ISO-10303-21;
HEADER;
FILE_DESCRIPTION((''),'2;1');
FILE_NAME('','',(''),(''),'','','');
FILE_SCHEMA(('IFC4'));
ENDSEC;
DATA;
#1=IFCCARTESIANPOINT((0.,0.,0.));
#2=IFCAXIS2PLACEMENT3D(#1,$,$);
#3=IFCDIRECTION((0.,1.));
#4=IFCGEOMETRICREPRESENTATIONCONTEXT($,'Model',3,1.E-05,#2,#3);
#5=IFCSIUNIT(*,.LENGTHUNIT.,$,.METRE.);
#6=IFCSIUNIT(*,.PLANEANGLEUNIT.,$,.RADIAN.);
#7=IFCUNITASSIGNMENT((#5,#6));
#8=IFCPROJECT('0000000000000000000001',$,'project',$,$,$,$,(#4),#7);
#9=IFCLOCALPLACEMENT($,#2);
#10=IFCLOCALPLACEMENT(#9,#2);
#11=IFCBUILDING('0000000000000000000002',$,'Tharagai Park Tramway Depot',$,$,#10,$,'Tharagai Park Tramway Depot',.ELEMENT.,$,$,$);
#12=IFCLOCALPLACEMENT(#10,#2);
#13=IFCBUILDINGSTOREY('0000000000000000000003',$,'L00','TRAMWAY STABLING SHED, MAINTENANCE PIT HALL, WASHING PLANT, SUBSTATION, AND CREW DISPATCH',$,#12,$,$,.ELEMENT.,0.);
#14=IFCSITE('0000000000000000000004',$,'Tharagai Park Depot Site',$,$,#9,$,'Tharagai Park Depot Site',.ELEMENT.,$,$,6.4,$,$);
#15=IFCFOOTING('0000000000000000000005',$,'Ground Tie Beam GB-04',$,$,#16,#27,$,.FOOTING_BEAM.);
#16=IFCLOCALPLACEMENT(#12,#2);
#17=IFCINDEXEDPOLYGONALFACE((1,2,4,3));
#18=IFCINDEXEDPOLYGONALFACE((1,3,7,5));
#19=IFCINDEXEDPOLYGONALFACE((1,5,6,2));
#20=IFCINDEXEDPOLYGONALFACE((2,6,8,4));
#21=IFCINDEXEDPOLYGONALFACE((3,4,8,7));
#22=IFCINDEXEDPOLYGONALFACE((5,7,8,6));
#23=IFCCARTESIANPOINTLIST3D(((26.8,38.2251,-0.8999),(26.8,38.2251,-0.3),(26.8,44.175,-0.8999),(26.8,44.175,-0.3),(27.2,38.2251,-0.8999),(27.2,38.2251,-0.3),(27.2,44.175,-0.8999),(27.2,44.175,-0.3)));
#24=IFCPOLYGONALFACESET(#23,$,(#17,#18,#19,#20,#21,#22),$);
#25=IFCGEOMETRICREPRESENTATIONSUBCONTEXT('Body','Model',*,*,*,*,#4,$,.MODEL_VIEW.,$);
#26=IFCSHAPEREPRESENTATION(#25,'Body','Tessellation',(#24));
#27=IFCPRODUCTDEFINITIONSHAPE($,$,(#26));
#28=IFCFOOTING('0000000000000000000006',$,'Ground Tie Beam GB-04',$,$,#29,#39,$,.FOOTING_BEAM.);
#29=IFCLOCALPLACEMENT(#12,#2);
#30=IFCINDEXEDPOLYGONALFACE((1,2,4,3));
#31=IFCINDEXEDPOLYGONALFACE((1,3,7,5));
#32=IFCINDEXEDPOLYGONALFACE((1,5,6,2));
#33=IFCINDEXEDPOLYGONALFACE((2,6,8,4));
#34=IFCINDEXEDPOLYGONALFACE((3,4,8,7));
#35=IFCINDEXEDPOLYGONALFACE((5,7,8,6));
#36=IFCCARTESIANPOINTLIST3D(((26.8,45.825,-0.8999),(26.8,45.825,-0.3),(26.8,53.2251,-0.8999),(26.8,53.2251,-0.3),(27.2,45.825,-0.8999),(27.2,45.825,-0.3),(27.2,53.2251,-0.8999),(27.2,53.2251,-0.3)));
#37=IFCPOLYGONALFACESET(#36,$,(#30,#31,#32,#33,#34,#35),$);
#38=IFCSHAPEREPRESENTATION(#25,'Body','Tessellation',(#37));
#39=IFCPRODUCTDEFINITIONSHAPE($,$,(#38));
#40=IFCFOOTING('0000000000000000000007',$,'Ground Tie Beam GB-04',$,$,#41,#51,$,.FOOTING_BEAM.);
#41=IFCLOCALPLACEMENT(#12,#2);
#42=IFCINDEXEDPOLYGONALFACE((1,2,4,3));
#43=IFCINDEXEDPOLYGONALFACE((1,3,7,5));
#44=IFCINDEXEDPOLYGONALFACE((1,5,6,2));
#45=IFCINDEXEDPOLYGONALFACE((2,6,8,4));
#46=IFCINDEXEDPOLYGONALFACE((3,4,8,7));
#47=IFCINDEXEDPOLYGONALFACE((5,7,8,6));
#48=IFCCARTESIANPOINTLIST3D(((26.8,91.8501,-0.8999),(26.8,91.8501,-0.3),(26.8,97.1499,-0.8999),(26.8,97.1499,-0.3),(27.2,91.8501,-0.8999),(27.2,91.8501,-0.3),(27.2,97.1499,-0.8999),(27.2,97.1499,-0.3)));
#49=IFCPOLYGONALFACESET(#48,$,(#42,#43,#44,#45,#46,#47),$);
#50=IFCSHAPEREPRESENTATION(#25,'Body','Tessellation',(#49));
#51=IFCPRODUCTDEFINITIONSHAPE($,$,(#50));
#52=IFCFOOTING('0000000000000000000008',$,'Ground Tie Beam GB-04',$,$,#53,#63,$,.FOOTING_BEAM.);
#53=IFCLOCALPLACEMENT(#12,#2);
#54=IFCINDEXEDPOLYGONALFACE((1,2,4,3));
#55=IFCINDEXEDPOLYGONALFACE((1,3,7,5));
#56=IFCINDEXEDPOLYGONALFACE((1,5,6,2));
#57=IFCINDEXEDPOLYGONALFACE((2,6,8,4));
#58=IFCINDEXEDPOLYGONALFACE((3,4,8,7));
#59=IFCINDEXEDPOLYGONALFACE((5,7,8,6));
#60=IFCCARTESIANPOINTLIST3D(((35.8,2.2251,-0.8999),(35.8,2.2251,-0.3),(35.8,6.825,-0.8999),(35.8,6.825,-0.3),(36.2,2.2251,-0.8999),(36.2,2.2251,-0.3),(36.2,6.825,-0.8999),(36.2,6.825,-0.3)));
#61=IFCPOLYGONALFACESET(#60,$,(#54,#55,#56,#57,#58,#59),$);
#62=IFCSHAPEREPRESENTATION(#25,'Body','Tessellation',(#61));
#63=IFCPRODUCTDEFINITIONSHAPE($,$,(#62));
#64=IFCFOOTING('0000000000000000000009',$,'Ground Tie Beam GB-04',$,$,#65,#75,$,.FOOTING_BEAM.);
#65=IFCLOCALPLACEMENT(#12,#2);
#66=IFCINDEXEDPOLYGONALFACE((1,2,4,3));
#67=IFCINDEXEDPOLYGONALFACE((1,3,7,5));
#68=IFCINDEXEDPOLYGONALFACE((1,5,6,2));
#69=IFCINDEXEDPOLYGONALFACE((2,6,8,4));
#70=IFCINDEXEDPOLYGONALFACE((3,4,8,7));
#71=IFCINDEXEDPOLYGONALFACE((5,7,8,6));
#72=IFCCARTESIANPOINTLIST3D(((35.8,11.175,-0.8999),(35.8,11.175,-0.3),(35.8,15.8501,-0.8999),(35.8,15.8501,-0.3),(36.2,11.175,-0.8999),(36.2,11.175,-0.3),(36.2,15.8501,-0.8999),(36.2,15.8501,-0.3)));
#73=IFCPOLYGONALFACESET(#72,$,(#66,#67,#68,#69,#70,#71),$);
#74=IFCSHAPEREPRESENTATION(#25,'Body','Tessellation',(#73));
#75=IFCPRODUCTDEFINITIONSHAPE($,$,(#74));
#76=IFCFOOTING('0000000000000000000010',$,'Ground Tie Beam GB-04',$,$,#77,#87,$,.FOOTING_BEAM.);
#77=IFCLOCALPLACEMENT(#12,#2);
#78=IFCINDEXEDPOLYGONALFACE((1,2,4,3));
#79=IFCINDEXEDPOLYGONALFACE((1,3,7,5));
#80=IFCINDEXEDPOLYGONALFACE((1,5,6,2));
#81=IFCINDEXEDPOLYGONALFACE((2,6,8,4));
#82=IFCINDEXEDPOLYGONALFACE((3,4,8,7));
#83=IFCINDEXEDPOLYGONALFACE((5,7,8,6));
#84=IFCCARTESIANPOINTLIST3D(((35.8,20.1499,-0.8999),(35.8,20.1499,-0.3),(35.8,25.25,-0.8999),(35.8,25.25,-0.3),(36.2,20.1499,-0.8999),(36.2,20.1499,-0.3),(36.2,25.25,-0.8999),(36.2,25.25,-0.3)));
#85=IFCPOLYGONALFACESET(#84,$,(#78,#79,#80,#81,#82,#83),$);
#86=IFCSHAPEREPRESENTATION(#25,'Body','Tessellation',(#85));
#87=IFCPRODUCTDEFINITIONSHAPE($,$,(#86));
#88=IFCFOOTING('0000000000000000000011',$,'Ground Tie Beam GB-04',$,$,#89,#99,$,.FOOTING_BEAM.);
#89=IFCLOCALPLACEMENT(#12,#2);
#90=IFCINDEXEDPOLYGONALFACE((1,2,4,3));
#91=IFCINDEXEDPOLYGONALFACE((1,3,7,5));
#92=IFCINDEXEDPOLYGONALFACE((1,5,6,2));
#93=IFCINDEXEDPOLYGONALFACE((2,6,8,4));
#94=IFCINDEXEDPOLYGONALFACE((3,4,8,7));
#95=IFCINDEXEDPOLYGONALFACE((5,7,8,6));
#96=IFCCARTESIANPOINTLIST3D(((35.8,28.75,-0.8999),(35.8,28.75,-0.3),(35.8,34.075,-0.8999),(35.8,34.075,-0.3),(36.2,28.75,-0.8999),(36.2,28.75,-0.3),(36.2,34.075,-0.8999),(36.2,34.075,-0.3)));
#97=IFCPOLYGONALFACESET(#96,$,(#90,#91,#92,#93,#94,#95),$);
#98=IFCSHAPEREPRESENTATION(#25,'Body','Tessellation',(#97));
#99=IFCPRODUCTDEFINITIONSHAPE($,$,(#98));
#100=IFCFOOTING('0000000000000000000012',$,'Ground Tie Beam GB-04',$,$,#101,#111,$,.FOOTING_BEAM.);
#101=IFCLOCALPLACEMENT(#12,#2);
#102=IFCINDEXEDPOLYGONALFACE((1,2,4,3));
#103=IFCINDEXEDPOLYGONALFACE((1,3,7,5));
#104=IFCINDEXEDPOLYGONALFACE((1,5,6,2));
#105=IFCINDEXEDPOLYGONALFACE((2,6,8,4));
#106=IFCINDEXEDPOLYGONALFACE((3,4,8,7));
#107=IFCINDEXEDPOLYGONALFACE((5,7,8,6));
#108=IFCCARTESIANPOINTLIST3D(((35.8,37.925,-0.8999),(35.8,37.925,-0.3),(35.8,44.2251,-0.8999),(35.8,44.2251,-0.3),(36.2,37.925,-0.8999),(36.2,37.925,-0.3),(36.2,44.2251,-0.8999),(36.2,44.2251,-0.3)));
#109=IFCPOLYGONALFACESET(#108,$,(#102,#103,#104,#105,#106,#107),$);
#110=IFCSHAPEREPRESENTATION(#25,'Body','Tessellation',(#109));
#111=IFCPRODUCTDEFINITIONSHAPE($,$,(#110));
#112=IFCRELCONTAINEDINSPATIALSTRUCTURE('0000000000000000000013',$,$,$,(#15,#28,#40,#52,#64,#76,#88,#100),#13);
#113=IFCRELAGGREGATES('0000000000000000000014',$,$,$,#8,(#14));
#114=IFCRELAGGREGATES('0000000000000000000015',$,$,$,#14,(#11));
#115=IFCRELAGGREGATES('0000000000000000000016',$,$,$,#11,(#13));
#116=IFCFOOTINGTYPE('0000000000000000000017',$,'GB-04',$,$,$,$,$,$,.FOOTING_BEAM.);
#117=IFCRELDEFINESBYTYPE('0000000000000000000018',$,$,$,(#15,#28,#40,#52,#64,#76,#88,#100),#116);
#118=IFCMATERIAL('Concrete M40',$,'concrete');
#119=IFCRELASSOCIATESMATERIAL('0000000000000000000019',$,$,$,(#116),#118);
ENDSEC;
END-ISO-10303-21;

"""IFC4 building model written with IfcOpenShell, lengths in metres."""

from ifc_helpers import new_model, si_unit, direction, frame, origin, place, context, subcontext, project, spatial, polyline, outline, extrude, material, type_object, element, save


model = new_model("IFC4")

# Units and contexts
model_context = context("Model", 3, precision=1e-05, world=origin(), true_north=direction((0.0, 1.0)))
body_context = subcontext(model_context, "Body", "Model", "MODEL_VIEW")
ifc_project = project(units=[si_unit("LENGTHUNIT", "METRE"), si_unit("PLANEANGLEUNIT", "RADIAN")], contexts=[model_context])

# Site, building, storey
site_placement = place(None, origin())
site = spatial("IfcSite", under=ifc_project, at=site_placement, Name="Tharagai Park Depot Site", LongName="Tharagai Park Depot Site", CompositionType="ELEMENT", RefElevation=6.4)
building_placement = place(site_placement, origin())
building = spatial("IfcBuilding", under=site, at=building_placement, Name="Tharagai Park Tramway Depot", LongName="Tharagai Park Tramway Depot", CompositionType="ELEMENT")
storey_placement = place(building_placement, origin())
storey = spatial("IfcBuildingStorey", under=building, at=storey_placement, Name="L00", Description="TRAMWAY STABLING SHED, MAINTENANCE PIT HALL, WASHING PLANT, SUBSTATION, AND CREW DISPATCH", CompositionType="ELEMENT", Elevation=0.0)

# Footings
ifc_material = material(Name="Concrete M40", Category="concrete")
footing_type = type_object("IfcFootingType", Name="GB-04", PredefinedType="FOOTING_BEAM", material=ifc_material)
footing_1_placement = place(storey_placement, frame((0.0, 0.0, -0.8999)))
element("IfcFooting", 1, at=footing_1_placement, inside=storey, type_object=footing_type, Name="Ground Tie Beam GB-04", PredefinedType="FOOTING_BEAM", context=body_context, shape_type="SweptSolid", body=[
    extrude(outline(polyline([(26.8, 38.2251), (27.2, 38.2251), (27.2, 44.175), (26.8, 44.175), (26.8, 38.2251)])), origin(), (0.0, 0.0, 1.0), 0.5999),
])
footing_2_placement = place(storey_placement, frame((0.0, 0.0, -0.8999)))
element("IfcFooting", 2, at=footing_2_placement, inside=storey, type_object=footing_type, Name="Ground Tie Beam GB-04", PredefinedType="FOOTING_BEAM", context=body_context, shape_type="SweptSolid", body=[
    extrude(outline(polyline([(26.8, 45.825), (27.2, 45.825), (27.2, 53.2251), (26.8, 53.2251), (26.8, 45.825)])), origin(), (0.0, 0.0, 1.0), 0.5999),
])
footing_3_placement = place(storey_placement, frame((0.0, 0.0, -0.8999)))
element("IfcFooting", 3, at=footing_3_placement, inside=storey, type_object=footing_type, Name="Ground Tie Beam GB-04", PredefinedType="FOOTING_BEAM", context=body_context, shape_type="SweptSolid", body=[
    extrude(outline(polyline([(26.8, 91.8501), (27.2, 91.8501), (27.2, 97.1499), (26.8, 97.1499), (26.8, 91.8501)])), origin(), (0.0, 0.0, 1.0), 0.5999),
])
footing_4_placement = place(storey_placement, frame((0.0, 0.0, -0.8999)))
element("IfcFooting", 4, at=footing_4_placement, inside=storey, type_object=footing_type, Name="Ground Tie Beam GB-04", PredefinedType="FOOTING_BEAM", context=body_context, shape_type="SweptSolid", body=[
    extrude(outline(polyline([(35.8, 2.2251), (36.2, 2.2251), (36.2, 6.825), (35.8, 6.825), (35.8, 2.2251)])), origin(), (0.0, 0.0, 1.0), 0.5999),
])
footing_5_placement = place(storey_placement, frame((0.0, 0.0, -0.8999)))
element("IfcFooting", 5, at=footing_5_placement, inside=storey, type_object=footing_type, Name="Ground Tie Beam GB-04", PredefinedType="FOOTING_BEAM", context=body_context, shape_type="SweptSolid", body=[
    extrude(outline(polyline([(35.8, 11.175), (36.2, 11.175), (36.2, 15.8501), (35.8, 15.8501), (35.8, 11.175)])), origin(), (0.0, 0.0, 1.0), 0.5999),
])
footing_6_placement = place(storey_placement, frame((0.0, 0.0, -0.8999)))
element("IfcFooting", 6, at=footing_6_placement, inside=storey, type_object=footing_type, Name="Ground Tie Beam GB-04", PredefinedType="FOOTING_BEAM", context=body_context, shape_type="SweptSolid", body=[
    extrude(outline(polyline([(35.8, 20.1499), (36.2, 20.1499), (36.2, 25.25), (35.8, 25.25), (35.8, 20.1499)])), origin(), (0.0, 0.0, 1.0), 0.5999),
])
footing_7_placement = place(storey_placement, frame((0.0, 0.0, -0.8999)))
element("IfcFooting", 7, at=footing_7_placement, inside=storey, type_object=footing_type, Name="Ground Tie Beam GB-04", PredefinedType="FOOTING_BEAM", context=body_context, shape_type="SweptSolid", body=[
    extrude(outline(polyline([(35.8, 28.75), (36.2, 28.75), (36.2, 34.075), (35.8, 34.075), (35.8, 28.75)])), origin(), (0.0, 0.0, 1.0), 0.5999),
])
footing_8_placement = place(storey_placement, frame((0.0, 0.0, -0.8999)))
element("IfcFooting", 8, at=footing_8_placement, inside=storey, type_object=footing_type, Name="Ground Tie Beam GB-04", PredefinedType="FOOTING_BEAM", context=body_context, shape_type="SweptSolid", body=[
    extrude(outline(polyline([(35.8, 37.925), (36.2, 37.925), (36.2, 44.2251), (35.8, 44.2251), (35.8, 37.925)])), origin(), (0.0, 0.0, 1.0), 0.5999),
])

save(model, "model.ifc")
